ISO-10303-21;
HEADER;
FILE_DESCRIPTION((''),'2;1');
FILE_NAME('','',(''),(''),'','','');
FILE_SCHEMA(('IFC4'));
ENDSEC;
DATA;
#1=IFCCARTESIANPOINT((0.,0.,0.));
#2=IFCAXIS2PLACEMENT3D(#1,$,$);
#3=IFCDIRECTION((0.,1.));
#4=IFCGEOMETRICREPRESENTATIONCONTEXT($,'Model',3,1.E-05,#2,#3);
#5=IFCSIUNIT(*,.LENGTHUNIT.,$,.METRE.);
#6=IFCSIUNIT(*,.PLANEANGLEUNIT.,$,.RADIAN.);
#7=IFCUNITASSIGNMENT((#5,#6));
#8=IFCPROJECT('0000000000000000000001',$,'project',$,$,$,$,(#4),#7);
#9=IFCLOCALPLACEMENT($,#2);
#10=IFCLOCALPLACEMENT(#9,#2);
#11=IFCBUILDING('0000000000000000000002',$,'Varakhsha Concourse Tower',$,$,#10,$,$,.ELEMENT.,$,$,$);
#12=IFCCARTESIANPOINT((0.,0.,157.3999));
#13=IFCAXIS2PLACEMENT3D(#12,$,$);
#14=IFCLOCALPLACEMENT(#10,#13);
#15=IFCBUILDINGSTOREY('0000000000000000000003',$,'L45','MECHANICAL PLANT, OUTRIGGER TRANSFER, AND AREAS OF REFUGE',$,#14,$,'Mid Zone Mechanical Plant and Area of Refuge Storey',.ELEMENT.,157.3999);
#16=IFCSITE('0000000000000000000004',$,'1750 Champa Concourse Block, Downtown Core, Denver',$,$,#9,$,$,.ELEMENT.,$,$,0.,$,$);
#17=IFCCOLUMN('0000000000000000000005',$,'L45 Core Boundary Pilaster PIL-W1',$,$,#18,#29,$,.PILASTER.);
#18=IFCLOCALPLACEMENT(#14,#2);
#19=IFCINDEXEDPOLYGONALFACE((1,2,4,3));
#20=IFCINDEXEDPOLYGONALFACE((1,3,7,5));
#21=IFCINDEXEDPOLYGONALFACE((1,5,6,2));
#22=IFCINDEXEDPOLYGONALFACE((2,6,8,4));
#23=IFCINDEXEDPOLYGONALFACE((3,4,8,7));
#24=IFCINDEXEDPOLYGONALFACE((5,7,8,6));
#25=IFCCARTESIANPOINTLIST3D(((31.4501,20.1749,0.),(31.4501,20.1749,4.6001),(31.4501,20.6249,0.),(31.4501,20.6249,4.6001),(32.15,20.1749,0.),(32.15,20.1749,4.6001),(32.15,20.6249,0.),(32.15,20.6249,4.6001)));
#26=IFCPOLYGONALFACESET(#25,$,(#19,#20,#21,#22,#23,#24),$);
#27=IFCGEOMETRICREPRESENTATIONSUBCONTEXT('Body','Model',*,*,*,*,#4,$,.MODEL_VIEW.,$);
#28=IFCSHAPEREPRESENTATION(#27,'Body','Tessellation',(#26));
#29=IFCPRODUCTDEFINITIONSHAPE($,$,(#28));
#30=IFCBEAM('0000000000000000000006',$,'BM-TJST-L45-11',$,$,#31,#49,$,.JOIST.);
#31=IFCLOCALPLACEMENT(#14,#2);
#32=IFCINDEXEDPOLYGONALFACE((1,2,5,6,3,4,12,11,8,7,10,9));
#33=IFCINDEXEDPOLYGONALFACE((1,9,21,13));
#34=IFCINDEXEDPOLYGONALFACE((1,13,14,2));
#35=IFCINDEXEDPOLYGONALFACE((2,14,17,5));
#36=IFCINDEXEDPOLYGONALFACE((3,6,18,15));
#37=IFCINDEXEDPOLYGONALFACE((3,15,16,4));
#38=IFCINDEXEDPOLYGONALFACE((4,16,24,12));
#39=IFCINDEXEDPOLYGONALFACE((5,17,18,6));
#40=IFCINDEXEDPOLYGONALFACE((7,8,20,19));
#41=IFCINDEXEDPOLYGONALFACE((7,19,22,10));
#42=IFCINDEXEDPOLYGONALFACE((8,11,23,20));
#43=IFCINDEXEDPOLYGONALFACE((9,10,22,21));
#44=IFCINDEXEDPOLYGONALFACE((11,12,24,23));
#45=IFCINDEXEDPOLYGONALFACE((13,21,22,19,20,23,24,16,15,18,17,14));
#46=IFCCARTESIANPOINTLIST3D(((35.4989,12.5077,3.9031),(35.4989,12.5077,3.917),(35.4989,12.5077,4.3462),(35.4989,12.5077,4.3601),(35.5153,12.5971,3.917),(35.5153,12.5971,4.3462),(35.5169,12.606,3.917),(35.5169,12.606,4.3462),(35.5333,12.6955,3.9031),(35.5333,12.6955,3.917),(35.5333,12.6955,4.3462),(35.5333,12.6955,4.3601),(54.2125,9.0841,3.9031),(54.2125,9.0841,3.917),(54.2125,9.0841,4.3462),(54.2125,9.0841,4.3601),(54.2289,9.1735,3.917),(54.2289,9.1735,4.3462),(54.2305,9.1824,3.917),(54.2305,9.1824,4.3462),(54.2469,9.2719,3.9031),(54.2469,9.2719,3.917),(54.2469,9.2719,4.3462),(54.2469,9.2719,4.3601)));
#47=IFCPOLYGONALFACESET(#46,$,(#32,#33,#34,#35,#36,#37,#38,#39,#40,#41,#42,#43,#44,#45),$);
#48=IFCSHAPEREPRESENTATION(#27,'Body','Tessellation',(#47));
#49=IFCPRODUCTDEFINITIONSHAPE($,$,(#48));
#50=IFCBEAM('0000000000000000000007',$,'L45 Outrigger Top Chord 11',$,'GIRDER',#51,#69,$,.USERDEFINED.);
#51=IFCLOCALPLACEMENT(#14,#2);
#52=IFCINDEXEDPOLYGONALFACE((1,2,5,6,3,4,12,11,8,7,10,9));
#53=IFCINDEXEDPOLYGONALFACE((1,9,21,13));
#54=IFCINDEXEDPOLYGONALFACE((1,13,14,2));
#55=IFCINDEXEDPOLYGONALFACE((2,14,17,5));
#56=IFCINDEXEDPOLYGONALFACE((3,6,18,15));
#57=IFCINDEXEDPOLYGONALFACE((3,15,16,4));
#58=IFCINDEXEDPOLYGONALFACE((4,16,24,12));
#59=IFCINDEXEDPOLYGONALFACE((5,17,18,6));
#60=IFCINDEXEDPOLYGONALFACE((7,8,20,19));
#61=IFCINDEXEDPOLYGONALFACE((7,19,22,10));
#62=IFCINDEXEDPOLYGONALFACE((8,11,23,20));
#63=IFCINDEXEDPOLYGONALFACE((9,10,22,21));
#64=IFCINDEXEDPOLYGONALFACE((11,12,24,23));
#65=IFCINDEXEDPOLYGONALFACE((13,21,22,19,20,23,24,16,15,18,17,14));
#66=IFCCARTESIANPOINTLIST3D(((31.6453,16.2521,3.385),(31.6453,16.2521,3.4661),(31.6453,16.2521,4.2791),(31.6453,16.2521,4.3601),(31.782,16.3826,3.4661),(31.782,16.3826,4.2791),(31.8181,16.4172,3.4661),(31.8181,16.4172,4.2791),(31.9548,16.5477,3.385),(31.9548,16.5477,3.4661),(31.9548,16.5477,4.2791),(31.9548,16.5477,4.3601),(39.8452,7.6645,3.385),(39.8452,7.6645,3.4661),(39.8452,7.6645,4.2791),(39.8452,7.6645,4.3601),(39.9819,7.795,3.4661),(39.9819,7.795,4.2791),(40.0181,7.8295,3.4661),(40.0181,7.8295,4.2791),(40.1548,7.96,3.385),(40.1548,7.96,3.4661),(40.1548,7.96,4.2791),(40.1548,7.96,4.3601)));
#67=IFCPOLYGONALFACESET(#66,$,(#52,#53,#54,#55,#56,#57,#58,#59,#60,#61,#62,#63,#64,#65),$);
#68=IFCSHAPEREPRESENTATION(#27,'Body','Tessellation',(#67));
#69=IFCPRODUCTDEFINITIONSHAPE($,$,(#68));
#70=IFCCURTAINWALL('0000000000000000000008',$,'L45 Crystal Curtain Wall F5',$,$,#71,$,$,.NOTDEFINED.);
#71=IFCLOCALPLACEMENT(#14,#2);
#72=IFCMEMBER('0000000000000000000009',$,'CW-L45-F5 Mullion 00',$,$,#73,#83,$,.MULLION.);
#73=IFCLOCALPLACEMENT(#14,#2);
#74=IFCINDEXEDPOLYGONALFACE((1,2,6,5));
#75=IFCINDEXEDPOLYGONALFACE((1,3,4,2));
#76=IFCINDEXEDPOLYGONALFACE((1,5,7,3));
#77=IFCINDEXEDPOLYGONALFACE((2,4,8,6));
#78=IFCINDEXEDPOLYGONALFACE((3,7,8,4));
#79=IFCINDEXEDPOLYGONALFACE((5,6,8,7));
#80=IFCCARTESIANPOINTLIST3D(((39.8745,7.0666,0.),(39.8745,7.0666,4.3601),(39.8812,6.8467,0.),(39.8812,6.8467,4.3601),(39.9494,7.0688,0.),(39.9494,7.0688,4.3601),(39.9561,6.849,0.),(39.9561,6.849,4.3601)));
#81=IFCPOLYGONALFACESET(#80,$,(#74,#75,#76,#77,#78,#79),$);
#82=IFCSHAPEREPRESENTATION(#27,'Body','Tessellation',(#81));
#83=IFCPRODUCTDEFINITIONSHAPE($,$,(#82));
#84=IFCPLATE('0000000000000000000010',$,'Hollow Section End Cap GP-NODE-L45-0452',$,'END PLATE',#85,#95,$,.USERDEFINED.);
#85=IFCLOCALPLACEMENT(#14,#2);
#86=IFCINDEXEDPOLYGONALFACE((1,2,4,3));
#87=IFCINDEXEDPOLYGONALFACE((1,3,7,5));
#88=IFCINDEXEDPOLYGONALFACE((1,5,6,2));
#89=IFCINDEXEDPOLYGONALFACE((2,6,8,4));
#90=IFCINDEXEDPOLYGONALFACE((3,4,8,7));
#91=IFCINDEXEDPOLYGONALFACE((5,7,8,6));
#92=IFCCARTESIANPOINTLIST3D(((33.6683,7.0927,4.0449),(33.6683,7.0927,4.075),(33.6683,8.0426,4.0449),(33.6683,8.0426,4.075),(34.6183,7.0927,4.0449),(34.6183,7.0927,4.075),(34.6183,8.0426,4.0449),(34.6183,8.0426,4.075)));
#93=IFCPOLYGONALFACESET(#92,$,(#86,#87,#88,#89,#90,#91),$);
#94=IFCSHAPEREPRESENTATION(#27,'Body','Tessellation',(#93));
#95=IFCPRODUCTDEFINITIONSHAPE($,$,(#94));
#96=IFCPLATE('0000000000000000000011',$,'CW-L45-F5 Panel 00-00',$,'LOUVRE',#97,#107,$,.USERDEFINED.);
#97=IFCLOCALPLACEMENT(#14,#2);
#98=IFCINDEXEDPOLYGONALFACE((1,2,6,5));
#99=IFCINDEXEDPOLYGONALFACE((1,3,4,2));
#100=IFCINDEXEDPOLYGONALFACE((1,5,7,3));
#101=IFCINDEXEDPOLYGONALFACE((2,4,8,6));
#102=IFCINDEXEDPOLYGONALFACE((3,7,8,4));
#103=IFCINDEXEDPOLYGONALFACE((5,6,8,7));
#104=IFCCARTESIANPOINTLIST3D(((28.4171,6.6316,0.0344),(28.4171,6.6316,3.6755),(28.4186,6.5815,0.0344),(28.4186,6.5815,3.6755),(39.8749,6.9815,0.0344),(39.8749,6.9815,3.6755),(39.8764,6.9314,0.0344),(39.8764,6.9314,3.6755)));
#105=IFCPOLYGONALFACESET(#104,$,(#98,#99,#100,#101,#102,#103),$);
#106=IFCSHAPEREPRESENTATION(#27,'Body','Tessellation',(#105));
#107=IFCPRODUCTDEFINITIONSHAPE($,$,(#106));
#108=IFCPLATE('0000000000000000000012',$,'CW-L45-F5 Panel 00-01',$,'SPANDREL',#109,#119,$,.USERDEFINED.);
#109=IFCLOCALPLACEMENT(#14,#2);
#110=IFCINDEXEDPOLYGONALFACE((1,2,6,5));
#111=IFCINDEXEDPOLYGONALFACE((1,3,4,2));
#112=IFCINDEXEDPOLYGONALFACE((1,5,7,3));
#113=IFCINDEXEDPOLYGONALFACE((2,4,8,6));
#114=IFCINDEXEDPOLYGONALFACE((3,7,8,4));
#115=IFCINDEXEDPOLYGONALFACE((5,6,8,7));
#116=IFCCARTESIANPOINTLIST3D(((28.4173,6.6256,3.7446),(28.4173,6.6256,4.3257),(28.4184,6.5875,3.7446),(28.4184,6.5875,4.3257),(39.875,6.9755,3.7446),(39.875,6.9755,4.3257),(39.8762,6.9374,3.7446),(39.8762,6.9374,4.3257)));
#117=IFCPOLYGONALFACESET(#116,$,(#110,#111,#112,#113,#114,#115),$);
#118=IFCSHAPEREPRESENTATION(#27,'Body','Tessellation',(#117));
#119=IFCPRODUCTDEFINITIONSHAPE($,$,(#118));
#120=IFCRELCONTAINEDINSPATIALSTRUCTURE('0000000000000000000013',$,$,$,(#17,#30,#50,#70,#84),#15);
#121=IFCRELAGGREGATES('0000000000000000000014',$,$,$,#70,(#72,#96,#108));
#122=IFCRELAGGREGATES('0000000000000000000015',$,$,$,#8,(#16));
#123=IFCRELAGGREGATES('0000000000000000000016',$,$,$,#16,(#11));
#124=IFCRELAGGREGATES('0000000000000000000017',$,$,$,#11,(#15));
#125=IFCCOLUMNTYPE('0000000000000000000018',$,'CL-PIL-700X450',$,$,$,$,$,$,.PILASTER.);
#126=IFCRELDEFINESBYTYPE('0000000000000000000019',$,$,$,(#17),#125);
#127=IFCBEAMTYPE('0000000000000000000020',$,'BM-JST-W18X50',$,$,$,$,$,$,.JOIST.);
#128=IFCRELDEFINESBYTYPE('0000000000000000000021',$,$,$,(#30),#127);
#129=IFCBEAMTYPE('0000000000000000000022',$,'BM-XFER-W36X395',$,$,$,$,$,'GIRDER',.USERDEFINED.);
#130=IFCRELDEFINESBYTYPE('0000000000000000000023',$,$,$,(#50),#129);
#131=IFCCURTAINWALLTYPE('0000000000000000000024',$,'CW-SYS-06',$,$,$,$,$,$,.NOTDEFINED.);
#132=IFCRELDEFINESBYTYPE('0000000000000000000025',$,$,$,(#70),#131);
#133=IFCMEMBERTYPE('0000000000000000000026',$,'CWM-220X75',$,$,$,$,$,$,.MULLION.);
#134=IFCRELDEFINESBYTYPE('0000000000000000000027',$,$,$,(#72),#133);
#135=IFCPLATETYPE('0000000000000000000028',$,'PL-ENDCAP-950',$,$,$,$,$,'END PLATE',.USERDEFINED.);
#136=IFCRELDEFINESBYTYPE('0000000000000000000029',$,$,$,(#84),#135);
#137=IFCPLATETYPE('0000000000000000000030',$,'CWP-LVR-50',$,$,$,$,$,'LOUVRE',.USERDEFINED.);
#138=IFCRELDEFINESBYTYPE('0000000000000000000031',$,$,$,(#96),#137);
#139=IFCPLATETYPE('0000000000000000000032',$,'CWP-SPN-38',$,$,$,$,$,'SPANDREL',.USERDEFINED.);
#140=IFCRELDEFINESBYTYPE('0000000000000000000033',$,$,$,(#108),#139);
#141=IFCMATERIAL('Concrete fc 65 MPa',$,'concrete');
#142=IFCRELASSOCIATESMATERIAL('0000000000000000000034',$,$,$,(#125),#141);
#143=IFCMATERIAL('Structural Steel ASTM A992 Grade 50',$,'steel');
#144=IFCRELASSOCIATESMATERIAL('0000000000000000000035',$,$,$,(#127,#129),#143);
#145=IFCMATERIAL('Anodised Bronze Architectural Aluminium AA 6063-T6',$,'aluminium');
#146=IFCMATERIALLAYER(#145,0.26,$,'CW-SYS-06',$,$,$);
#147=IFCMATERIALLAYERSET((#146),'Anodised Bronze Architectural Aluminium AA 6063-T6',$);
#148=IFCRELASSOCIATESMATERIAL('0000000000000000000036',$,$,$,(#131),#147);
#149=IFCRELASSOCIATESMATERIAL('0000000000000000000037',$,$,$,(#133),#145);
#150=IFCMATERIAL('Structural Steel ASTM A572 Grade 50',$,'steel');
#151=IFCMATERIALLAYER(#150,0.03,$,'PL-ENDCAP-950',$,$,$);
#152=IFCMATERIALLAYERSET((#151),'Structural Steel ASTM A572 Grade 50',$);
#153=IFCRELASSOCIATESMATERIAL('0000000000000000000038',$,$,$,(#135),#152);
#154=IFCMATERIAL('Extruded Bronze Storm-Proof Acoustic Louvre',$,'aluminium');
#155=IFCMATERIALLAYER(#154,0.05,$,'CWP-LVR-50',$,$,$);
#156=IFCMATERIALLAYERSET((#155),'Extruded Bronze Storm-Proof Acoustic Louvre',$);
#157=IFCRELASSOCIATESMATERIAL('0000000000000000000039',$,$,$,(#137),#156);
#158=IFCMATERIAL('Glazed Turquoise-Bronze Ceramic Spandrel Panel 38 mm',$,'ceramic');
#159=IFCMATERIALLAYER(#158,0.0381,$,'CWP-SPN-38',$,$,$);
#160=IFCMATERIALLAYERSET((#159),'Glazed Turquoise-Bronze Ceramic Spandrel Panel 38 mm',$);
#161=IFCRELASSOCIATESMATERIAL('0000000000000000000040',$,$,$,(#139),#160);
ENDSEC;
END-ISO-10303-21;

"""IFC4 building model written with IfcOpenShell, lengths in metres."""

from ifc_helpers import new_model, si_unit, direction, frame, origin, origin_2d, place, context, subcontext, project, spatial, rectangle, i_section, extrude, source, transform, mapped, material, layer, layer_set, material_profile, profile_set, type_object, type_shapes, element, aggregate, save


model = new_model("IFC4")

# Units and contexts
model_context = context("Model", 3, precision=1e-05, world=origin(), true_north=direction((0.0, 1.0)))
body_context = subcontext(model_context, "Body", "Model", "MODEL_VIEW")
ifc_project = project(units=[si_unit("LENGTHUNIT", "METRE"), si_unit("PLANEANGLEUNIT", "RADIAN")], contexts=[model_context])

# Site, building, storey
site_placement = place(None, origin())
site = spatial("IfcSite", under=ifc_project, at=site_placement, Name="1750 Champa Concourse Block, Downtown Core, Denver", CompositionType="ELEMENT", RefElevation=0.0)
building_placement = place(site_placement, origin())
building = spatial("IfcBuilding", under=site, at=building_placement, Name="Varakhsha Concourse Tower", CompositionType="ELEMENT")
storey_placement = place(building_placement, frame((0.0, 0.0, 157.3999)))
storey = spatial("IfcBuildingStorey", under=building, at=storey_placement, Name="L45", Description="MECHANICAL PLANT, OUTRIGGER TRANSFER, AND AREAS OF REFUGE", LongName="Mid Zone Mechanical Plant and Area of Refuge Storey", CompositionType="ELEMENT", Elevation=157.3999)

# Column
ifc_material_1 = material(Name="Concrete fc 65 MPa", Category="concrete")
ifc_material_profile_1 = material_profile(ifc_material_1, rectangle(XDim=0.7, YDim=0.45, at=origin_2d()), Name="RC 700x450")
ifc_profile_set_1 = profile_set([ifc_material_profile_1], Name="Concrete fc 65 MPa")
column_type = type_object("IfcColumnType", Name="CL-PIL-700X450", PredefinedType="PILASTER", material=ifc_profile_set_1)
column_placement = place(storey_placement, frame((31.8, 20.3999, 0.0), z_axis=(0.0, 0.0, 1.0), x_axis=(1.0, 0.0, 0.0)))
element("IfcColumn", 1, at=column_placement, inside=storey, type_object=column_type, Name="L45 Core Boundary Pilaster PIL-W1", PredefinedType="PILASTER", context=body_context, shape_type="SweptSolid", body=[
    extrude(rectangle(XDim=0.7, YDim=0.45, at=origin_2d()), origin(), (0.0, 0.0, 1.0), 4.6001),
])

# Beams
ifc_material_2 = material(Name="Structural Steel ASTM A992 Grade 50", Category="steel")
ifc_material_profile_2 = material_profile(ifc_material_2, i_section(OverallWidth=0.1909, OverallDepth=0.457, WebThickness=0.009, FlangeThickness=0.0139, at=origin_2d()), Name="W18X50")
ifc_profile_set_2 = profile_set([ifc_material_profile_2], Name="Structural Steel ASTM A992 Grade 50")
beam_type_1 = type_object("IfcBeamType", Name="BM-JST-W18X50", PredefinedType="JOIST", material=ifc_profile_set_2)
beam_1_placement = place(storey_placement, frame((35.5161, 12.6016, 4.1316), z_axis=(0.983674, -0.179959, 0.0), x_axis=(0.179959, 0.983674, 0.0)))
element("IfcBeam", 2, at=beam_1_placement, inside=storey, type_object=beam_type_1, Name="BM-TJST-L45-11", PredefinedType="JOIST", context=body_context, shape_type="SweptSolid", body=[
    extrude(i_section(OverallWidth=0.1909, OverallDepth=0.457, WebThickness=0.009, FlangeThickness=0.0139, at=origin_2d()), origin(), (0.0, 0.0, 1.0), 19.0242),
])
ifc_material_profile_3 = material_profile(ifc_material_2, i_section(OverallWidth=0.428, OverallDepth=0.9751, WebThickness=0.05, FlangeThickness=0.0811, at=origin_2d()), Name="W36X395")
ifc_profile_set_3 = profile_set([ifc_material_profile_3], Name="Structural Steel ASTM A992 Grade 50")
beam_type_2 = type_object("IfcBeamType", Name="BM-XFER-W36X395", ElementType="GIRDER", PredefinedType="USERDEFINED", material=ifc_profile_set_3)
beam_2_placement = place(storey_placement, frame((31.8, 16.3999, 3.8726), z_axis=(0.690593, -0.723244, 0.0), x_axis=(0.723244, 0.690593, 0.0)))
element("IfcBeam", 3, at=beam_2_placement, inside=storey, type_object=beam_type_2, Name="L45 Outrigger Top Chord 11", ObjectType="GIRDER", PredefinedType="USERDEFINED", context=body_context, shape_type="SweptSolid", body=[
    extrude(i_section(OverallWidth=0.428, OverallDepth=0.9751, WebThickness=0.05, FlangeThickness=0.0811, at=origin_2d()), origin(), (0.0, 0.0, 1.0), 11.8738),
])

# Curtain wall, member
ifc_material_3 = material(Name="Anodised Bronze Architectural Aluminium AA 6063-T6", Category="aluminium")
ifc_layer_1 = layer(ifc_material_3, 0.26, Name="CW-SYS-06")
ifc_layer_set_1 = layer_set([ifc_layer_1], Name="Anodised Bronze Architectural Aluminium AA 6063-T6")
curtain_wall_type = type_object("IfcCurtainWallType", Name="CW-SYS-06", PredefinedType="NOTDEFINED", material=ifc_layer_set_1)
curtain_wall_placement = place(storey_placement, origin())
curtain_wall = element("IfcCurtainWall", 4, at=curtain_wall_placement, inside=storey, type_object=curtain_wall_type, Name="L45 Crystal Curtain Wall F5", PredefinedType="NOTDEFINED")
ifc_material_profile_4 = material_profile(ifc_material_3, rectangle(XDim=0.075, YDim=0.22, at=origin_2d()), Name="CWM-220X75")
ifc_profile_set_4 = profile_set([ifc_material_profile_4], Name="Anodised Bronze Architectural Aluminium AA 6063-T6")
member_type = type_object("IfcMemberType", Name="CWM-220X75", PredefinedType="MULLION", material=ifc_profile_set_4)
shared_shape_1 = source(origin(), body_context, "Body", "SweptSolid", [
    extrude(rectangle(XDim=0.075, YDim=0.22, at=origin_2d()), origin(), (0.0, 0.0, 1.0), 4.3601),
])
type_shapes(member_type, [shared_shape_1])
member_placement = place(storey_placement, frame((39.9153, 6.9578, 0.0), z_axis=(0.0, 0.0, 1.0), x_axis=(-0.999534, -0.030523, 0.0)))
member = element("IfcMember", 5, at=member_placement, type_object=member_type, Name="CW-L45-F5 Mullion 00", PredefinedType="MULLION", context=body_context, shape_type="MappedRepresentation", body=[
    mapped(shared_shape_1, transform((0.0, 0.0, 0.0), scale=1.0)),
])

# Plates
ifc_material_4 = material(Name="Structural Steel ASTM A572 Grade 50", Category="steel")
ifc_layer_2 = layer(ifc_material_4, 0.03, Name="PL-ENDCAP-950")
ifc_layer_set_2 = layer_set([ifc_layer_2], Name="Structural Steel ASTM A572 Grade 50")
plate_type_1 = type_object("IfcPlateType", Name="PL-ENDCAP-950", ElementType="END PLATE", PredefinedType="USERDEFINED", material=ifc_layer_set_2)
shared_shape_2 = source(origin(), body_context, "Body", "SweptSolid", [
    extrude(rectangle(XDim=0.95, YDim=0.95, at=origin_2d()), origin(), (0.0, 0.0, 1.0), 0.03),
])
type_shapes(plate_type_1, [shared_shape_2])
plate_1_placement = place(storey_placement, frame((34.1433, 7.5676, 4.0449), z_axis=(0.0, 0.0, 1.0), x_axis=(1.0, 0.0, 0.0)))
element("IfcPlate", 6, at=plate_1_placement, inside=storey, type_object=plate_type_1, Name="Hollow Section End Cap GP-NODE-L45-0452", ObjectType="END PLATE", PredefinedType="USERDEFINED", context=body_context, shape_type="MappedRepresentation", body=[
    mapped(shared_shape_2, transform((0.0, 0.0, 0.0), scale=1.0)),
])
ifc_material_5 = material(Name="Extruded Bronze Storm-Proof Acoustic Louvre", Category="aluminium")
ifc_layer_3 = layer(ifc_material_5, 0.05, Name="CWP-LVR-50")
ifc_layer_set_3 = layer_set([ifc_layer_3], Name="Extruded Bronze Storm-Proof Acoustic Louvre")
plate_type_2 = type_object("IfcPlateType", Name="CWP-LVR-50", ElementType="LOUVRE", PredefinedType="USERDEFINED", material=ifc_layer_set_3)
shared_shape_3 = source(origin(), body_context, "Body", "SweptSolid", [
    extrude(rectangle(XDim=11.4631, YDim=0.05, at=origin_2d()), origin(), (0.0, 0.0, 1.0), 3.6411),
])
type_shapes(plate_type_2, [shared_shape_3])
plate_2_placement = place(storey_placement, frame((34.1467, 6.7815, 0.0344), z_axis=(0.0, 0.0, 1.0), x_axis=(-0.999534, -0.030523, 0.0)))
plate_2 = element("IfcPlate", 7, at=plate_2_placement, type_object=plate_type_2, Name="CW-L45-F5 Panel 00-00", ObjectType="LOUVRE", PredefinedType="USERDEFINED", context=body_context, shape_type="MappedRepresentation", body=[
    mapped(shared_shape_3, transform((0.0, 0.0, 0.0), scale=1.0)),
])
ifc_material_6 = material(Name="Glazed Turquoise-Bronze Ceramic Spandrel Panel 38 mm", Category="ceramic")
ifc_layer_4 = layer(ifc_material_6, 0.0381, Name="CWP-SPN-38")
ifc_layer_set_4 = layer_set([ifc_layer_4], Name="Glazed Turquoise-Bronze Ceramic Spandrel Panel 38 mm")
plate_type_3 = type_object("IfcPlateType", Name="CWP-SPN-38", ElementType="SPANDREL", PredefinedType="USERDEFINED", material=ifc_layer_set_4)
shared_shape_4 = source(origin(), body_context, "Body", "SweptSolid", [
    extrude(rectangle(XDim=11.4631, YDim=0.0381, at=origin_2d()), origin(), (0.0, 0.0, 1.0), 0.5811),
])
type_shapes(plate_type_3, [shared_shape_4])
plate_3_placement = place(storey_placement, frame((34.1467, 6.7815, 3.7446), z_axis=(0.0, 0.0, 1.0), x_axis=(-0.999534, -0.030523, 0.0)))
plate_3 = element("IfcPlate", 8, at=plate_3_placement, type_object=plate_type_3, Name="CW-L45-F5 Panel 00-01", ObjectType="SPANDREL", PredefinedType="USERDEFINED", context=body_context, shape_type="MappedRepresentation", body=[
    mapped(shared_shape_4, transform((0.0, 0.0, 0.0), scale=1.0)),
])
aggregate(curtain_wall, [member, plate_2, plate_3])

save(model, "model.ifc")
